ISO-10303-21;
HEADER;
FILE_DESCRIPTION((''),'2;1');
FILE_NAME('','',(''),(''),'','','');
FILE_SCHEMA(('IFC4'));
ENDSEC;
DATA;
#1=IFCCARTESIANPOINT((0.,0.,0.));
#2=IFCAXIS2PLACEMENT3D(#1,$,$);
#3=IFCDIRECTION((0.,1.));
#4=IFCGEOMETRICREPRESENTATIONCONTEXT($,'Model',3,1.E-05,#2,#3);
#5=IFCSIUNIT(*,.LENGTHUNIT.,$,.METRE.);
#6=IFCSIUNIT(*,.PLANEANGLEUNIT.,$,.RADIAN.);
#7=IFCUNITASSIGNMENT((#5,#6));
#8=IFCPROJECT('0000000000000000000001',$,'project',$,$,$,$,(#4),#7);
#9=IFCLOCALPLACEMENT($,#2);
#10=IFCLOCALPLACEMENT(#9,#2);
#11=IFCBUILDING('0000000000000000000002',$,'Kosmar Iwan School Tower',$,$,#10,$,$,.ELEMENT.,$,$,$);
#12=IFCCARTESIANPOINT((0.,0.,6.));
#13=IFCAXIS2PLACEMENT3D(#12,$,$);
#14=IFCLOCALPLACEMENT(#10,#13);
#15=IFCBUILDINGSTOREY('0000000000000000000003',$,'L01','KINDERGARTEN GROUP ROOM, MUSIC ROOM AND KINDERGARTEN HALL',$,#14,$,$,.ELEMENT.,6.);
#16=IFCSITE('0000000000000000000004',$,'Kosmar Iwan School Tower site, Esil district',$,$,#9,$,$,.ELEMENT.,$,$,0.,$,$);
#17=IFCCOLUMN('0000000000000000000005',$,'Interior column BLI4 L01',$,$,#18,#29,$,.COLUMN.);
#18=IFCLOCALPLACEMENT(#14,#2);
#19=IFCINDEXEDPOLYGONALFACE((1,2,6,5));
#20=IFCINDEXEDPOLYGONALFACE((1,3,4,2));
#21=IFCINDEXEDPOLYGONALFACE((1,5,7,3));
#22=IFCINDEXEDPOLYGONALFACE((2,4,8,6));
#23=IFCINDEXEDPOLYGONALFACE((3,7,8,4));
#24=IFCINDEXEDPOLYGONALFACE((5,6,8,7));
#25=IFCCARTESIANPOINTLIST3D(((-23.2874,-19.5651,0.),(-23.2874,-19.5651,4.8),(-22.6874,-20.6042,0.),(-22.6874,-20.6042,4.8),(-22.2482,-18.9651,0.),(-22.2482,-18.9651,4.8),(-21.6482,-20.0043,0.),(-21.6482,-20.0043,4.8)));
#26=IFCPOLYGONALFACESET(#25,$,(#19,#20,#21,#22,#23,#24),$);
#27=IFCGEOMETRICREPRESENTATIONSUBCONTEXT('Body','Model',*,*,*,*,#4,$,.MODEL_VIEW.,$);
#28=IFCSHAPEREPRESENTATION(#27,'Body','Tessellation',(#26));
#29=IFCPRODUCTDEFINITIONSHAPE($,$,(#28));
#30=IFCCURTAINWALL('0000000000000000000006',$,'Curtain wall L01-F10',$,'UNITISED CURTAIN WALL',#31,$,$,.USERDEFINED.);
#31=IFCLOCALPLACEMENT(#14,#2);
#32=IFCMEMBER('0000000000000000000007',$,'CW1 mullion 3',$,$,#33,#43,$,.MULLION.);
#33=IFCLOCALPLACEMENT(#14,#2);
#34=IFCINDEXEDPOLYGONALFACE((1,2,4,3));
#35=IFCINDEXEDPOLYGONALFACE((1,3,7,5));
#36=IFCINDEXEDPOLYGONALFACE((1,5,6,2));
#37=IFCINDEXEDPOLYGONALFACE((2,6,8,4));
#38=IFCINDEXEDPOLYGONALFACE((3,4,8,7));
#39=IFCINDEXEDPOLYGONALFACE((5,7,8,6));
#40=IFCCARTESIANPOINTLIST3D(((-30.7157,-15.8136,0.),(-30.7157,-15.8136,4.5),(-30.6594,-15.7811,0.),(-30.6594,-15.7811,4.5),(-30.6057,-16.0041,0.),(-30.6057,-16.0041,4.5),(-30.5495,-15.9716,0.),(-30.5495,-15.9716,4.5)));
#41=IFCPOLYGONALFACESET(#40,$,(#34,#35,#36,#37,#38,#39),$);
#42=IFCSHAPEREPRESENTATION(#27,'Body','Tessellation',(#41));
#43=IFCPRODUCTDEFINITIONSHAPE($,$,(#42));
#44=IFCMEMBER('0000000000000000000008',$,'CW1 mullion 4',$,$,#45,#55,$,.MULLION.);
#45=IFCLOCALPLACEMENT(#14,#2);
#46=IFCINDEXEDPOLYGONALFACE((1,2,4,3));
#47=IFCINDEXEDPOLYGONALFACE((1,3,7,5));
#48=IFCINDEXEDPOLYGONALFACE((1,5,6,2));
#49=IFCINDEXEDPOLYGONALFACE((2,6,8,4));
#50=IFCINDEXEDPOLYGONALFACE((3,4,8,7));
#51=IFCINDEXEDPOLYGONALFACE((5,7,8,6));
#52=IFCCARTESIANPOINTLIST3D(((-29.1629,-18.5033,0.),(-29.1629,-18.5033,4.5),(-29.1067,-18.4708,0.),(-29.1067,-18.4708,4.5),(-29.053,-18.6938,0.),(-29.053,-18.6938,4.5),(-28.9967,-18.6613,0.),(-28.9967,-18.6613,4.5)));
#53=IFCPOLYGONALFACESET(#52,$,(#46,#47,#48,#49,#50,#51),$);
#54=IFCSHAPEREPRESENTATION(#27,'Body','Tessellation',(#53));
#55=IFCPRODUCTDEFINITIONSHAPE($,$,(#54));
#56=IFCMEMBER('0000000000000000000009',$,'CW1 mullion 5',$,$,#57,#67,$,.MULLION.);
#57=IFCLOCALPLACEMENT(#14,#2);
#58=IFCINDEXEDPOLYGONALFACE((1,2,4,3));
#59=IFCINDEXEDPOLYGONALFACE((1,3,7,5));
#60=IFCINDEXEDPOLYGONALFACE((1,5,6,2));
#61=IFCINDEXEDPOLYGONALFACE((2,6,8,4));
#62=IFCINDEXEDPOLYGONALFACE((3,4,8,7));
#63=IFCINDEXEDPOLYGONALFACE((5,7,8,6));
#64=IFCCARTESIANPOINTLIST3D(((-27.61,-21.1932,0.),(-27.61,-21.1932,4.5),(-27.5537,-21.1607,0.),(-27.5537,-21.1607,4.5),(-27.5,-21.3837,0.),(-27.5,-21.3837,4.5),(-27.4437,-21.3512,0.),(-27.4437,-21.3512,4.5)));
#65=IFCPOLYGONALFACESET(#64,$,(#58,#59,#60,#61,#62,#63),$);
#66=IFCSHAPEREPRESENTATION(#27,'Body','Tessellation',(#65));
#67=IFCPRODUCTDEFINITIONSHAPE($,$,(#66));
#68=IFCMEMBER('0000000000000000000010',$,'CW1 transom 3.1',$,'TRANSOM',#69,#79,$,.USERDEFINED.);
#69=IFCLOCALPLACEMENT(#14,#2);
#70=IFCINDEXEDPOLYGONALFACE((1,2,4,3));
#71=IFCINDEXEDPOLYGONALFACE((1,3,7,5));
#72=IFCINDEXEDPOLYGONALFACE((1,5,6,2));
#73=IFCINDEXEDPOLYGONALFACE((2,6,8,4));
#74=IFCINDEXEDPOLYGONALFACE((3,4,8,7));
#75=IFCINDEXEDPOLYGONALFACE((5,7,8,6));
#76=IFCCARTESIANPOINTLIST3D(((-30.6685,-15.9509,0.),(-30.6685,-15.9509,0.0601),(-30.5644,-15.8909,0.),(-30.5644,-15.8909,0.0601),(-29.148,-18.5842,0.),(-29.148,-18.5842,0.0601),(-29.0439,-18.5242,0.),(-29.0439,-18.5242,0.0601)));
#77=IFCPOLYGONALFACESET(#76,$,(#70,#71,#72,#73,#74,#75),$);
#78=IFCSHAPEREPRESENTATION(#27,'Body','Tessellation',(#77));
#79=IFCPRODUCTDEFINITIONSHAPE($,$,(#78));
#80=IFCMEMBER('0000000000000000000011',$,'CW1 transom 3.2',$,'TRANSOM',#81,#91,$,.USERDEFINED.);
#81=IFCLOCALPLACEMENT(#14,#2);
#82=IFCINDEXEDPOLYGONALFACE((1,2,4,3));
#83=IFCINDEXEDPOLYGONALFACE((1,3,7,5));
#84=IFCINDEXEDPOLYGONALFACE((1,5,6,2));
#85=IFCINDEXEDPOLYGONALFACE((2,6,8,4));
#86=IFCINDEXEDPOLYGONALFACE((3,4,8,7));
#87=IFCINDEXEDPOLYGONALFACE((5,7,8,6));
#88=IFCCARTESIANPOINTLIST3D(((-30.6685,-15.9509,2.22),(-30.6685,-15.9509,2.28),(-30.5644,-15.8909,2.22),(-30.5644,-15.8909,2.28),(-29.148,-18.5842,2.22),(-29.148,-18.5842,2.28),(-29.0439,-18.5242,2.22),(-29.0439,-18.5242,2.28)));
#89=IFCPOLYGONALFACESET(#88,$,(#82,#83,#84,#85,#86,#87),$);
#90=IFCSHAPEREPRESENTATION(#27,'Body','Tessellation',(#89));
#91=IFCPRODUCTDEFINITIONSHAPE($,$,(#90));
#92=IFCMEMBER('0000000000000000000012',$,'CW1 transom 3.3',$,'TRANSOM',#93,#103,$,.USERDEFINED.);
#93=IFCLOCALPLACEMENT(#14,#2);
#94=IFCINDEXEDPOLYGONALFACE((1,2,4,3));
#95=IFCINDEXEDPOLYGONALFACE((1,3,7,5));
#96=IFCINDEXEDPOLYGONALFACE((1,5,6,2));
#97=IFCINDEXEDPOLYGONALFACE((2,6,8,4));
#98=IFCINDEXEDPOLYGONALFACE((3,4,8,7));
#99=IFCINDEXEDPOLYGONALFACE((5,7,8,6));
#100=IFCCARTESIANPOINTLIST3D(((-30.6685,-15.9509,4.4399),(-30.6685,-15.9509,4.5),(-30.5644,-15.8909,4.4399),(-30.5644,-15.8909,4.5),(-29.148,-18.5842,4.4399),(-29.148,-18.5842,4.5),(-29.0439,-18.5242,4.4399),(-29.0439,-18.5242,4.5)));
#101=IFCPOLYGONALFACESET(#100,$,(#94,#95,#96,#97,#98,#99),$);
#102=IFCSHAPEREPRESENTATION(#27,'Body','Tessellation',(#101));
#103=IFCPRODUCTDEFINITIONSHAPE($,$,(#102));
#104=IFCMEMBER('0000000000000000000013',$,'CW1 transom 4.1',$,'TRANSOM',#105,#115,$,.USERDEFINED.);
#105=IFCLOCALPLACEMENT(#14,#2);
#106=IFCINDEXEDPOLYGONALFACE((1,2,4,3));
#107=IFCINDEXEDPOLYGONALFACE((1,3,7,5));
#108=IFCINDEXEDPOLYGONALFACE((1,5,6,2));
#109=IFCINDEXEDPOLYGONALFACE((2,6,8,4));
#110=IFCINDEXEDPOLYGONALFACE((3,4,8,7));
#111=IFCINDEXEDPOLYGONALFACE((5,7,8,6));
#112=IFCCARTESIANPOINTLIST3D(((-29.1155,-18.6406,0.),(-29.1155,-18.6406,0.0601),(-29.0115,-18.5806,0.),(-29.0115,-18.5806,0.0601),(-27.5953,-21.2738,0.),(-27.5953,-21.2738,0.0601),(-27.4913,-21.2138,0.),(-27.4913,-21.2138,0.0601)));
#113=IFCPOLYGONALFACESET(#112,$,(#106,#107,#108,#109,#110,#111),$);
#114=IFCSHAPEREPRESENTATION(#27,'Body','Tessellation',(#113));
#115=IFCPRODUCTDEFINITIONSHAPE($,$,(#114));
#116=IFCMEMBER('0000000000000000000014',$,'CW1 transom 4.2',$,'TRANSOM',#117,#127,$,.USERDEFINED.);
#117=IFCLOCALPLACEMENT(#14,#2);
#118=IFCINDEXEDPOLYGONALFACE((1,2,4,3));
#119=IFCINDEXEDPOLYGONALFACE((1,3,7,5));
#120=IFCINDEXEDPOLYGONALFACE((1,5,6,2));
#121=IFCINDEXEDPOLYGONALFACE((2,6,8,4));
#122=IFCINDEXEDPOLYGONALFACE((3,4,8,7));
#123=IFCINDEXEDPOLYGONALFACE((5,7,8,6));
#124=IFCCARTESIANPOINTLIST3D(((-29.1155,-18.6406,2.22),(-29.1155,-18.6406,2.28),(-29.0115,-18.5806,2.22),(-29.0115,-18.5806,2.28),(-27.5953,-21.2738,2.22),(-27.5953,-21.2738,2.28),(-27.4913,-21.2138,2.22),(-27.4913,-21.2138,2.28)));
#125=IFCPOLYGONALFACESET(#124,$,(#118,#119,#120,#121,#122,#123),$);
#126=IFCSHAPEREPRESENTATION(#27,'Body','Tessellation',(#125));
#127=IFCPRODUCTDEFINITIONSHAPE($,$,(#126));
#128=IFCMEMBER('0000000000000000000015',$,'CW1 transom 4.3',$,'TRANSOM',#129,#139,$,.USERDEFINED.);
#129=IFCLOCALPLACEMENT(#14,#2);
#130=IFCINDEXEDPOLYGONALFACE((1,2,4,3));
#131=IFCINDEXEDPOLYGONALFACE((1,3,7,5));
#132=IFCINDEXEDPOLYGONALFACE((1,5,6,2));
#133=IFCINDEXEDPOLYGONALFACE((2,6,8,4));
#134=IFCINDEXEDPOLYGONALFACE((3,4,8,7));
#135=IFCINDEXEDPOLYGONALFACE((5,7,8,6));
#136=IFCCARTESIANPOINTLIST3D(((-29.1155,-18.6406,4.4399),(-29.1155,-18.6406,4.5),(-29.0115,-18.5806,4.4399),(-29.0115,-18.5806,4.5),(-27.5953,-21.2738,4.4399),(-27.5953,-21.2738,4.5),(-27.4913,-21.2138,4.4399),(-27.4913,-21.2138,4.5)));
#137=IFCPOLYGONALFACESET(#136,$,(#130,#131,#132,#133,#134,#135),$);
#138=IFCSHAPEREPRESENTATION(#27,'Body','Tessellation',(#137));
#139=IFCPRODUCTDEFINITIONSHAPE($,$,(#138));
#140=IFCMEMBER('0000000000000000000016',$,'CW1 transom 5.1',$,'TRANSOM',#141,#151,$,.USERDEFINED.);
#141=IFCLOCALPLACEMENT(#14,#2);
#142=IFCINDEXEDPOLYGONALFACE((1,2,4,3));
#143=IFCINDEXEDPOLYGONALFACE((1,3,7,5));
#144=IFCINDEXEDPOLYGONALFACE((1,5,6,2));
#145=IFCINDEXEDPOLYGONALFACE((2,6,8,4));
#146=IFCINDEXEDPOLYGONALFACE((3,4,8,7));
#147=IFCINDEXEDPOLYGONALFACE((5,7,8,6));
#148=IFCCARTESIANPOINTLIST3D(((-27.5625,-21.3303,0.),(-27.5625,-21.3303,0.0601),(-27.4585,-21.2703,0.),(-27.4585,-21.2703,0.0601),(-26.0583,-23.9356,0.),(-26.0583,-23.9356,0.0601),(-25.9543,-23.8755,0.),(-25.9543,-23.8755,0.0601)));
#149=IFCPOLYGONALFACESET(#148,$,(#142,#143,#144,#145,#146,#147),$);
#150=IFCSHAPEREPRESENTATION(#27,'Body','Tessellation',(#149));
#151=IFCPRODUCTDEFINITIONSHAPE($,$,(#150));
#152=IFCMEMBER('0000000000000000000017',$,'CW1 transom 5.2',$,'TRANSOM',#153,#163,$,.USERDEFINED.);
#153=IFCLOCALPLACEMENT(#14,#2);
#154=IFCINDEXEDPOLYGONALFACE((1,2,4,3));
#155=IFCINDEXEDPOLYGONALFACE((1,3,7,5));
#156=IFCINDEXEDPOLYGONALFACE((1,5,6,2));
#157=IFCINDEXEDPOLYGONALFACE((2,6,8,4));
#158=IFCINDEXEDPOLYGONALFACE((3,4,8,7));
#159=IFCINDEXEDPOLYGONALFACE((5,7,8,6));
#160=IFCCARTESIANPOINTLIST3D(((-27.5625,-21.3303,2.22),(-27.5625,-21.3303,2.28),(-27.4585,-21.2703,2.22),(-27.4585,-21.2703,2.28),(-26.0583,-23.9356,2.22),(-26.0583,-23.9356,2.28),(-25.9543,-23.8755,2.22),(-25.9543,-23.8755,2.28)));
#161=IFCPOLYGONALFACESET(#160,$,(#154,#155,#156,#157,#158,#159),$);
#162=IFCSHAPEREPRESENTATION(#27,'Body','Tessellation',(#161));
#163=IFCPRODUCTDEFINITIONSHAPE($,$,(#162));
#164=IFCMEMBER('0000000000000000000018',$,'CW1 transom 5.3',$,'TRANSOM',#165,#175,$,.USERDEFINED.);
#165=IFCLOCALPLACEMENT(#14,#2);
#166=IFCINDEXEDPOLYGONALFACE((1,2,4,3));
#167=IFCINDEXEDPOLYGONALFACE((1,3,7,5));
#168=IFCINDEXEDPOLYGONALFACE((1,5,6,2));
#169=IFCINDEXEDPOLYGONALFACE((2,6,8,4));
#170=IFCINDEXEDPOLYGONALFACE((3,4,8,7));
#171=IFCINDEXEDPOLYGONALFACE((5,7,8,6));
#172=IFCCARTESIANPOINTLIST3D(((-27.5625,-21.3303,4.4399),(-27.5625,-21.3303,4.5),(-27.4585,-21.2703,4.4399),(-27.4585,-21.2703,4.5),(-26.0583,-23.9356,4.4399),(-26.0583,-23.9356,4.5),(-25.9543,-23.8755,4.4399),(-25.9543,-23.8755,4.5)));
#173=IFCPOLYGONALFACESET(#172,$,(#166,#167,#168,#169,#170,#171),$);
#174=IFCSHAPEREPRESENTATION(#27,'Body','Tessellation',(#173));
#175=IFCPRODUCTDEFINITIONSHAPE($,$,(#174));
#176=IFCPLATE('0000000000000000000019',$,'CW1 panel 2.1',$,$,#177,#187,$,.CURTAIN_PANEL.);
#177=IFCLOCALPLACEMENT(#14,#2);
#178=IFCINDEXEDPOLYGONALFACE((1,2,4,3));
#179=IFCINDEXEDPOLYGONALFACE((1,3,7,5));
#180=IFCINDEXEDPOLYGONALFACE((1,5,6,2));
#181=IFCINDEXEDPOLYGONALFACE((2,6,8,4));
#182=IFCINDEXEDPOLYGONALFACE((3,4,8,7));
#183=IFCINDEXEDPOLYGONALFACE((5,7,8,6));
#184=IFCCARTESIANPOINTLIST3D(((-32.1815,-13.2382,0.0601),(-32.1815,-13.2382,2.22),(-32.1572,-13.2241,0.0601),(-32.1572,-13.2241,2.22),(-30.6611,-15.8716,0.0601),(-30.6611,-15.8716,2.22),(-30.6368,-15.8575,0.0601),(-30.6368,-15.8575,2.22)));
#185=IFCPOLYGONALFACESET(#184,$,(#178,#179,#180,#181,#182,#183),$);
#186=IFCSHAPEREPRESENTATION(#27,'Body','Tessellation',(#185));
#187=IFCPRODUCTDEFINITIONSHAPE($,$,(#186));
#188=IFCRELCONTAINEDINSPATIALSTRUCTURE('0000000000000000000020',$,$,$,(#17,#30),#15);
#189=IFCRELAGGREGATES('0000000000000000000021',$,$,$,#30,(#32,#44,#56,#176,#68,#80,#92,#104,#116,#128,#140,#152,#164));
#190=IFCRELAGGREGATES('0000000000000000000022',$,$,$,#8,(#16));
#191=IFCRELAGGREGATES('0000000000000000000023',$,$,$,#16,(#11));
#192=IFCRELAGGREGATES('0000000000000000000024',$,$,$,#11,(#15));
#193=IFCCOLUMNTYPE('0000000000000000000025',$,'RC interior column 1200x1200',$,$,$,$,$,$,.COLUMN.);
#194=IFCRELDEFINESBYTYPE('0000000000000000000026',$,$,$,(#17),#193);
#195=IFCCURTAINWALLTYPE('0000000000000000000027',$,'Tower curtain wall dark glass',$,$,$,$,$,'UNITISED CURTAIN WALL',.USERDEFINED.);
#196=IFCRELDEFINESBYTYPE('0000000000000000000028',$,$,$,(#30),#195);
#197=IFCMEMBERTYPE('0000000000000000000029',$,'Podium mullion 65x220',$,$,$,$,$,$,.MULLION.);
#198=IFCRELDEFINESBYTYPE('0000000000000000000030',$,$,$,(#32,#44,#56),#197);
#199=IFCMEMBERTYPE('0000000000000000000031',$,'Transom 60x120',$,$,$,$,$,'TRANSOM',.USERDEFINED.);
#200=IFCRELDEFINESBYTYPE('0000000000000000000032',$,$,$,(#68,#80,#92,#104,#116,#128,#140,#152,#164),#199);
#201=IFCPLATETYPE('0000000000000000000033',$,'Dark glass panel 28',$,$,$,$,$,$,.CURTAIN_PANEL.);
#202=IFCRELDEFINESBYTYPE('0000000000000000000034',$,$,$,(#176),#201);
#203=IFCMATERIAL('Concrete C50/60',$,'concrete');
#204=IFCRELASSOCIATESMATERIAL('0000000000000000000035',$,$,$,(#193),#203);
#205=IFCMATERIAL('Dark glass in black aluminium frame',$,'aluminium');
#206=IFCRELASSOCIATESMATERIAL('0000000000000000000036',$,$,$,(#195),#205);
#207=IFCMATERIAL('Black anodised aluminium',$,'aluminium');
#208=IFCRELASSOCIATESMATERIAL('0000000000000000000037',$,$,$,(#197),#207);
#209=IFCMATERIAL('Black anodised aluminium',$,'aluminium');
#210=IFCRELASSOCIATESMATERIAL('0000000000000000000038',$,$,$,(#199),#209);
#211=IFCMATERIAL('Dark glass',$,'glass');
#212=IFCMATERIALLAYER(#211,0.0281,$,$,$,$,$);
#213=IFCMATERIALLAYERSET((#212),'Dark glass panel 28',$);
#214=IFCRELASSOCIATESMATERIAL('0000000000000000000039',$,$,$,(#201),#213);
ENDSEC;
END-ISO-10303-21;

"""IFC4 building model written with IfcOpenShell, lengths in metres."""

from ifc_helpers import new_model, si_unit, direction, frame, origin, origin_2d, place, context, subcontext, project, spatial, rectangle, extrude, material, layer, layer_set, material_profile, profile_set, type_object, element, aggregate, save


model = new_model("IFC4")

# Units and contexts
model_context = context("Model", 3, precision=1e-05, world=origin(), true_north=direction((0.0, 1.0)))
body_context = subcontext(model_context, "Body", "Model", "MODEL_VIEW")
ifc_project = project(units=[si_unit("LENGTHUNIT", "METRE"), si_unit("PLANEANGLEUNIT", "RADIAN")], contexts=[model_context])

# Site, building, storey
site_placement = place(None, origin())
site = spatial("IfcSite", under=ifc_project, at=site_placement, Name="Kosmar Iwan School Tower site, Esil district", CompositionType="ELEMENT", RefElevation=0.0)
building_placement = place(site_placement, origin())
building = spatial("IfcBuilding", under=site, at=building_placement, Name="Kosmar Iwan School Tower", CompositionType="ELEMENT")
storey_placement = place(building_placement, frame((0.0, 0.0, 6.0)))
storey = spatial("IfcBuildingStorey", under=building, at=storey_placement, Name="L01", Description="KINDERGARTEN GROUP ROOM, MUSIC ROOM AND KINDERGARTEN HALL", CompositionType="ELEMENT", Elevation=6.0)

# Column
ifc_material_1 = material(Name="Concrete C50/60", Category="concrete")
ifc_material_profile_1 = material_profile(ifc_material_1, rectangle(XDim=1.2, YDim=1.2, at=origin_2d()), Name="RC 1200x1200")
ifc_profile_set_1 = profile_set([ifc_material_profile_1], Name="Concrete C50/60")
column_type = type_object("IfcColumnType", Name="RC interior column 1200x1200", PredefinedType="COLUMN", material=ifc_profile_set_1)
column_placement = place(storey_placement, frame((-22.4678, -19.7847, 0.0), z_axis=(0.0, 0.0, 1.0), x_axis=(-0.866025, -0.5, 0.0)))
element("IfcColumn", 1, at=column_placement, inside=storey, type_object=column_type, Name="Interior column BLI4 L01", PredefinedType="COLUMN", context=body_context, shape_type="SweptSolid", body=[
    extrude(rectangle(XDim=1.2, YDim=1.2, at=origin_2d()), origin(), (0.0, 0.0, 1.0), 4.8),
])

# Curtain wall, members, plate
ifc_material_2 = material(Name="Dark glass in black aluminium frame", Category="aluminium")
curtain_wall_type = type_object("IfcCurtainWallType", Name="Tower curtain wall dark glass", ElementType="UNITISED CURTAIN WALL", PredefinedType="USERDEFINED", material=ifc_material_2)
curtain_wall_placement = place(storey_placement, origin())
curtain_wall = element("IfcCurtainWall", 2, at=curtain_wall_placement, inside=storey, type_object=curtain_wall_type, Name="Curtain wall L01-F10", ObjectType="UNITISED CURTAIN WALL", PredefinedType="USERDEFINED")
ifc_material_3 = material(Name="Black anodised aluminium", Category="aluminium")
ifc_material_profile_2 = material_profile(ifc_material_3, rectangle(XDim=0.0649, YDim=0.22, at=origin_2d()), Name="MULLION 65x220")
ifc_profile_set_2 = profile_set([ifc_material_profile_2], Name="Black anodised aluminium")
member_type_1 = type_object("IfcMemberType", Name="Podium mullion 65x220", PredefinedType="MULLION", material=ifc_profile_set_2)
member_1_placement = place(storey_placement, frame((-30.6326, -15.8926, 0.0), z_axis=(0.0, 0.0, 1.0), x_axis=(0.866025, 0.5, 0.0)))
member_1 = element("IfcMember", 3, at=member_1_placement, type_object=member_type_1, Name="CW1 mullion 3", PredefinedType="MULLION", context=body_context, shape_type="SweptSolid", body=[
    extrude(rectangle(XDim=0.0649, YDim=0.22, at=origin_2d()), origin(), (0.0, 0.0, 1.0), 4.5),
])
member_2_placement = place(storey_placement, frame((-29.0798, -18.5823, 0.0), z_axis=(0.0, 0.0, 1.0), x_axis=(0.866025, 0.5, 0.0)))
member_2 = element("IfcMember", 4, at=member_2_placement, type_object=member_type_1, Name="CW1 mullion 4", PredefinedType="MULLION", context=body_context, shape_type="SweptSolid", body=[
    extrude(rectangle(XDim=0.0649, YDim=0.22, at=origin_2d()), origin(), (0.0, 0.0, 1.0), 4.5),
])
member_3_placement = place(storey_placement, frame((-27.5269, -21.2722, 0.0), z_axis=(0.0, 0.0, 1.0), x_axis=(0.866025, 0.5, 0.0)))
member_3 = element("IfcMember", 5, at=member_3_placement, type_object=member_type_1, Name="CW1 mullion 5", PredefinedType="MULLION", context=body_context, shape_type="SweptSolid", body=[
    extrude(rectangle(XDim=0.0649, YDim=0.22, at=origin_2d()), origin(), (0.0, 0.0, 1.0), 4.5),
])
ifc_material_4 = material(Name="Black anodised aluminium", Category="aluminium")
ifc_material_profile_3 = material_profile(ifc_material_4, rectangle(XDim=0.1201, YDim=0.0601, at=origin_2d()), Name="TRANSOM 60x120")
ifc_profile_set_3 = profile_set([ifc_material_profile_3], Name="Black anodised aluminium")
member_type_2 = type_object("IfcMemberType", Name="Transom 60x120", ElementType="TRANSOM", PredefinedType="USERDEFINED", material=ifc_profile_set_3)
member_4_placement = place(storey_placement, frame((-30.6165, -15.9209, 0.03), z_axis=(0.500042, -0.866001, 0.0), x_axis=(0.866001, 0.500042, 0.0)))
member_4 = element("IfcMember", 6, at=member_4_placement, type_object=member_type_2, Name="CW1 transom 3.1", ObjectType="TRANSOM", PredefinedType="USERDEFINED", context=body_context, shape_type="SweptSolid", body=[
    extrude(rectangle(XDim=0.1201, YDim=0.0601, at=origin_2d()), origin(), (0.0, 0.0, 1.0), 3.0408),
])
member_5_placement = place(storey_placement, frame((-30.6165, -15.9209, 2.25), z_axis=(0.500042, -0.866001, 0.0), x_axis=(0.866001, 0.500042, 0.0)))
member_5 = element("IfcMember", 7, at=member_5_placement, type_object=member_type_2, Name="CW1 transom 3.2", ObjectType="TRANSOM", PredefinedType="USERDEFINED", context=body_context, shape_type="SweptSolid", body=[
    extrude(rectangle(XDim=0.1201, YDim=0.0601, at=origin_2d()), origin(), (0.0, 0.0, 1.0), 3.0408),
])
member_6_placement = place(storey_placement, frame((-30.6165, -15.9209, 4.47), z_axis=(0.500042, -0.866001, 0.0), x_axis=(0.866001, 0.500042, 0.0)))
member_6 = element("IfcMember", 8, at=member_6_placement, type_object=member_type_2, Name="CW1 transom 3.3", ObjectType="TRANSOM", PredefinedType="USERDEFINED", context=body_context, shape_type="SweptSolid", body=[
    extrude(rectangle(XDim=0.1201, YDim=0.0601, at=origin_2d()), origin(), (0.0, 0.0, 1.0), 3.0408),
])
member_7_placement = place(storey_placement, frame((-29.0635, -18.6106, 0.03), z_axis=(0.499982, -0.866036, 0.0), x_axis=(0.866036, 0.499982, 0.0)))
member_7 = element("IfcMember", 9, at=member_7_placement, type_object=member_type_2, Name="CW1 transom 4.1", ObjectType="TRANSOM", PredefinedType="USERDEFINED", context=body_context, shape_type="SweptSolid", body=[
    extrude(rectangle(XDim=0.1201, YDim=0.0601, at=origin_2d()), origin(), (0.0, 0.0, 1.0), 3.0405),
])
member_8_placement = place(storey_placement, frame((-29.0635, -18.6106, 2.25), z_axis=(0.499982, -0.866036, 0.0), x_axis=(0.866036, 0.499982, 0.0)))
member_8 = element("IfcMember", 10, at=member_8_placement, type_object=member_type_2, Name="CW1 transom 4.2", ObjectType="TRANSOM", PredefinedType="USERDEFINED", context=body_context, shape_type="SweptSolid", body=[
    extrude(rectangle(XDim=0.1201, YDim=0.0601, at=origin_2d()), origin(), (0.0, 0.0, 1.0), 3.0405),
])
member_9_placement = place(storey_placement, frame((-29.0635, -18.6106, 4.47), z_axis=(0.499982, -0.866036, 0.0), x_axis=(0.866036, 0.499982, 0.0)))
member_9 = element("IfcMember", 11, at=member_9_placement, type_object=member_type_2, Name="CW1 transom 4.3", ObjectType="TRANSOM", PredefinedType="USERDEFINED", context=body_context, shape_type="SweptSolid", body=[
    extrude(rectangle(XDim=0.1201, YDim=0.0601, at=origin_2d()), origin(), (0.0, 0.0, 1.0), 3.0405),
])
member_10_placement = place(storey_placement, frame((-27.5105, -21.3003, 0.03), z_axis=(0.500006, -0.866022, 0.0), x_axis=(0.866022, 0.500006, 0.0)))
member_10 = element("IfcMember", 12, at=member_10_placement, type_object=member_type_2, Name="CW1 transom 5.1", ObjectType="TRANSOM", PredefinedType="USERDEFINED", context=body_context, shape_type="SweptSolid", body=[
    extrude(rectangle(XDim=0.1201, YDim=0.0601, at=origin_2d()), origin(), (0.0, 0.0, 1.0), 3.0083),
])
member_11_placement = place(storey_placement, frame((-27.5105, -21.3003, 2.25), z_axis=(0.500006, -0.866022, 0.0), x_axis=(0.866022, 0.500006, 0.0)))
member_11 = element("IfcMember", 13, at=member_11_placement, type_object=member_type_2, Name="CW1 transom 5.2", ObjectType="TRANSOM", PredefinedType="USERDEFINED", context=body_context, shape_type="SweptSolid", body=[
    extrude(rectangle(XDim=0.1201, YDim=0.0601, at=origin_2d()), origin(), (0.0, 0.0, 1.0), 3.0083),
])
member_12_placement = place(storey_placement, frame((-27.5105, -21.3003, 4.47), z_axis=(0.500006, -0.866022, 0.0), x_axis=(0.866022, 0.500006, 0.0)))
member_12 = element("IfcMember", 14, at=member_12_placement, type_object=member_type_2, Name="CW1 transom 5.3", ObjectType="TRANSOM", PredefinedType="USERDEFINED", context=body_context, shape_type="SweptSolid", body=[
    extrude(rectangle(XDim=0.1201, YDim=0.0601, at=origin_2d()), origin(), (0.0, 0.0, 1.0), 3.0083),
])
ifc_material_5 = material(Name="Dark glass", Category="glass")
ifc_layer_1 = layer(ifc_material_5, 0.0281)
ifc_layer_set_1 = layer_set([ifc_layer_1], Name="Dark glass panel 28")
plate_type = type_object("IfcPlateType", Name="Dark glass panel 28", PredefinedType="CURTAIN_PANEL", material=ifc_layer_set_1)
plate_1_placement = place(storey_placement, frame((-31.4092, -14.5479, 0.0601), z_axis=(0.0, 0.0, 1.0), x_axis=(0.5, -0.866025, 0.0)))
plate_1 = element("IfcPlate", 15, at=plate_1_placement, type_object=plate_type, Name="CW1 panel 2.1", PredefinedType="CURTAIN_PANEL", context=body_context, shape_type="SweptSolid", body=[
    extrude(rectangle(XDim=3.0408, YDim=0.0281, at=origin_2d()), origin(), (0.0, 0.0, 1.0), 2.1599),
])
aggregate(curtain_wall, [member_1, member_2, member_3, plate_1, member_4, member_5, member_6, member_7, member_8, member_9, member_10, member_11, member_12])

save(model, "model.ifc")
